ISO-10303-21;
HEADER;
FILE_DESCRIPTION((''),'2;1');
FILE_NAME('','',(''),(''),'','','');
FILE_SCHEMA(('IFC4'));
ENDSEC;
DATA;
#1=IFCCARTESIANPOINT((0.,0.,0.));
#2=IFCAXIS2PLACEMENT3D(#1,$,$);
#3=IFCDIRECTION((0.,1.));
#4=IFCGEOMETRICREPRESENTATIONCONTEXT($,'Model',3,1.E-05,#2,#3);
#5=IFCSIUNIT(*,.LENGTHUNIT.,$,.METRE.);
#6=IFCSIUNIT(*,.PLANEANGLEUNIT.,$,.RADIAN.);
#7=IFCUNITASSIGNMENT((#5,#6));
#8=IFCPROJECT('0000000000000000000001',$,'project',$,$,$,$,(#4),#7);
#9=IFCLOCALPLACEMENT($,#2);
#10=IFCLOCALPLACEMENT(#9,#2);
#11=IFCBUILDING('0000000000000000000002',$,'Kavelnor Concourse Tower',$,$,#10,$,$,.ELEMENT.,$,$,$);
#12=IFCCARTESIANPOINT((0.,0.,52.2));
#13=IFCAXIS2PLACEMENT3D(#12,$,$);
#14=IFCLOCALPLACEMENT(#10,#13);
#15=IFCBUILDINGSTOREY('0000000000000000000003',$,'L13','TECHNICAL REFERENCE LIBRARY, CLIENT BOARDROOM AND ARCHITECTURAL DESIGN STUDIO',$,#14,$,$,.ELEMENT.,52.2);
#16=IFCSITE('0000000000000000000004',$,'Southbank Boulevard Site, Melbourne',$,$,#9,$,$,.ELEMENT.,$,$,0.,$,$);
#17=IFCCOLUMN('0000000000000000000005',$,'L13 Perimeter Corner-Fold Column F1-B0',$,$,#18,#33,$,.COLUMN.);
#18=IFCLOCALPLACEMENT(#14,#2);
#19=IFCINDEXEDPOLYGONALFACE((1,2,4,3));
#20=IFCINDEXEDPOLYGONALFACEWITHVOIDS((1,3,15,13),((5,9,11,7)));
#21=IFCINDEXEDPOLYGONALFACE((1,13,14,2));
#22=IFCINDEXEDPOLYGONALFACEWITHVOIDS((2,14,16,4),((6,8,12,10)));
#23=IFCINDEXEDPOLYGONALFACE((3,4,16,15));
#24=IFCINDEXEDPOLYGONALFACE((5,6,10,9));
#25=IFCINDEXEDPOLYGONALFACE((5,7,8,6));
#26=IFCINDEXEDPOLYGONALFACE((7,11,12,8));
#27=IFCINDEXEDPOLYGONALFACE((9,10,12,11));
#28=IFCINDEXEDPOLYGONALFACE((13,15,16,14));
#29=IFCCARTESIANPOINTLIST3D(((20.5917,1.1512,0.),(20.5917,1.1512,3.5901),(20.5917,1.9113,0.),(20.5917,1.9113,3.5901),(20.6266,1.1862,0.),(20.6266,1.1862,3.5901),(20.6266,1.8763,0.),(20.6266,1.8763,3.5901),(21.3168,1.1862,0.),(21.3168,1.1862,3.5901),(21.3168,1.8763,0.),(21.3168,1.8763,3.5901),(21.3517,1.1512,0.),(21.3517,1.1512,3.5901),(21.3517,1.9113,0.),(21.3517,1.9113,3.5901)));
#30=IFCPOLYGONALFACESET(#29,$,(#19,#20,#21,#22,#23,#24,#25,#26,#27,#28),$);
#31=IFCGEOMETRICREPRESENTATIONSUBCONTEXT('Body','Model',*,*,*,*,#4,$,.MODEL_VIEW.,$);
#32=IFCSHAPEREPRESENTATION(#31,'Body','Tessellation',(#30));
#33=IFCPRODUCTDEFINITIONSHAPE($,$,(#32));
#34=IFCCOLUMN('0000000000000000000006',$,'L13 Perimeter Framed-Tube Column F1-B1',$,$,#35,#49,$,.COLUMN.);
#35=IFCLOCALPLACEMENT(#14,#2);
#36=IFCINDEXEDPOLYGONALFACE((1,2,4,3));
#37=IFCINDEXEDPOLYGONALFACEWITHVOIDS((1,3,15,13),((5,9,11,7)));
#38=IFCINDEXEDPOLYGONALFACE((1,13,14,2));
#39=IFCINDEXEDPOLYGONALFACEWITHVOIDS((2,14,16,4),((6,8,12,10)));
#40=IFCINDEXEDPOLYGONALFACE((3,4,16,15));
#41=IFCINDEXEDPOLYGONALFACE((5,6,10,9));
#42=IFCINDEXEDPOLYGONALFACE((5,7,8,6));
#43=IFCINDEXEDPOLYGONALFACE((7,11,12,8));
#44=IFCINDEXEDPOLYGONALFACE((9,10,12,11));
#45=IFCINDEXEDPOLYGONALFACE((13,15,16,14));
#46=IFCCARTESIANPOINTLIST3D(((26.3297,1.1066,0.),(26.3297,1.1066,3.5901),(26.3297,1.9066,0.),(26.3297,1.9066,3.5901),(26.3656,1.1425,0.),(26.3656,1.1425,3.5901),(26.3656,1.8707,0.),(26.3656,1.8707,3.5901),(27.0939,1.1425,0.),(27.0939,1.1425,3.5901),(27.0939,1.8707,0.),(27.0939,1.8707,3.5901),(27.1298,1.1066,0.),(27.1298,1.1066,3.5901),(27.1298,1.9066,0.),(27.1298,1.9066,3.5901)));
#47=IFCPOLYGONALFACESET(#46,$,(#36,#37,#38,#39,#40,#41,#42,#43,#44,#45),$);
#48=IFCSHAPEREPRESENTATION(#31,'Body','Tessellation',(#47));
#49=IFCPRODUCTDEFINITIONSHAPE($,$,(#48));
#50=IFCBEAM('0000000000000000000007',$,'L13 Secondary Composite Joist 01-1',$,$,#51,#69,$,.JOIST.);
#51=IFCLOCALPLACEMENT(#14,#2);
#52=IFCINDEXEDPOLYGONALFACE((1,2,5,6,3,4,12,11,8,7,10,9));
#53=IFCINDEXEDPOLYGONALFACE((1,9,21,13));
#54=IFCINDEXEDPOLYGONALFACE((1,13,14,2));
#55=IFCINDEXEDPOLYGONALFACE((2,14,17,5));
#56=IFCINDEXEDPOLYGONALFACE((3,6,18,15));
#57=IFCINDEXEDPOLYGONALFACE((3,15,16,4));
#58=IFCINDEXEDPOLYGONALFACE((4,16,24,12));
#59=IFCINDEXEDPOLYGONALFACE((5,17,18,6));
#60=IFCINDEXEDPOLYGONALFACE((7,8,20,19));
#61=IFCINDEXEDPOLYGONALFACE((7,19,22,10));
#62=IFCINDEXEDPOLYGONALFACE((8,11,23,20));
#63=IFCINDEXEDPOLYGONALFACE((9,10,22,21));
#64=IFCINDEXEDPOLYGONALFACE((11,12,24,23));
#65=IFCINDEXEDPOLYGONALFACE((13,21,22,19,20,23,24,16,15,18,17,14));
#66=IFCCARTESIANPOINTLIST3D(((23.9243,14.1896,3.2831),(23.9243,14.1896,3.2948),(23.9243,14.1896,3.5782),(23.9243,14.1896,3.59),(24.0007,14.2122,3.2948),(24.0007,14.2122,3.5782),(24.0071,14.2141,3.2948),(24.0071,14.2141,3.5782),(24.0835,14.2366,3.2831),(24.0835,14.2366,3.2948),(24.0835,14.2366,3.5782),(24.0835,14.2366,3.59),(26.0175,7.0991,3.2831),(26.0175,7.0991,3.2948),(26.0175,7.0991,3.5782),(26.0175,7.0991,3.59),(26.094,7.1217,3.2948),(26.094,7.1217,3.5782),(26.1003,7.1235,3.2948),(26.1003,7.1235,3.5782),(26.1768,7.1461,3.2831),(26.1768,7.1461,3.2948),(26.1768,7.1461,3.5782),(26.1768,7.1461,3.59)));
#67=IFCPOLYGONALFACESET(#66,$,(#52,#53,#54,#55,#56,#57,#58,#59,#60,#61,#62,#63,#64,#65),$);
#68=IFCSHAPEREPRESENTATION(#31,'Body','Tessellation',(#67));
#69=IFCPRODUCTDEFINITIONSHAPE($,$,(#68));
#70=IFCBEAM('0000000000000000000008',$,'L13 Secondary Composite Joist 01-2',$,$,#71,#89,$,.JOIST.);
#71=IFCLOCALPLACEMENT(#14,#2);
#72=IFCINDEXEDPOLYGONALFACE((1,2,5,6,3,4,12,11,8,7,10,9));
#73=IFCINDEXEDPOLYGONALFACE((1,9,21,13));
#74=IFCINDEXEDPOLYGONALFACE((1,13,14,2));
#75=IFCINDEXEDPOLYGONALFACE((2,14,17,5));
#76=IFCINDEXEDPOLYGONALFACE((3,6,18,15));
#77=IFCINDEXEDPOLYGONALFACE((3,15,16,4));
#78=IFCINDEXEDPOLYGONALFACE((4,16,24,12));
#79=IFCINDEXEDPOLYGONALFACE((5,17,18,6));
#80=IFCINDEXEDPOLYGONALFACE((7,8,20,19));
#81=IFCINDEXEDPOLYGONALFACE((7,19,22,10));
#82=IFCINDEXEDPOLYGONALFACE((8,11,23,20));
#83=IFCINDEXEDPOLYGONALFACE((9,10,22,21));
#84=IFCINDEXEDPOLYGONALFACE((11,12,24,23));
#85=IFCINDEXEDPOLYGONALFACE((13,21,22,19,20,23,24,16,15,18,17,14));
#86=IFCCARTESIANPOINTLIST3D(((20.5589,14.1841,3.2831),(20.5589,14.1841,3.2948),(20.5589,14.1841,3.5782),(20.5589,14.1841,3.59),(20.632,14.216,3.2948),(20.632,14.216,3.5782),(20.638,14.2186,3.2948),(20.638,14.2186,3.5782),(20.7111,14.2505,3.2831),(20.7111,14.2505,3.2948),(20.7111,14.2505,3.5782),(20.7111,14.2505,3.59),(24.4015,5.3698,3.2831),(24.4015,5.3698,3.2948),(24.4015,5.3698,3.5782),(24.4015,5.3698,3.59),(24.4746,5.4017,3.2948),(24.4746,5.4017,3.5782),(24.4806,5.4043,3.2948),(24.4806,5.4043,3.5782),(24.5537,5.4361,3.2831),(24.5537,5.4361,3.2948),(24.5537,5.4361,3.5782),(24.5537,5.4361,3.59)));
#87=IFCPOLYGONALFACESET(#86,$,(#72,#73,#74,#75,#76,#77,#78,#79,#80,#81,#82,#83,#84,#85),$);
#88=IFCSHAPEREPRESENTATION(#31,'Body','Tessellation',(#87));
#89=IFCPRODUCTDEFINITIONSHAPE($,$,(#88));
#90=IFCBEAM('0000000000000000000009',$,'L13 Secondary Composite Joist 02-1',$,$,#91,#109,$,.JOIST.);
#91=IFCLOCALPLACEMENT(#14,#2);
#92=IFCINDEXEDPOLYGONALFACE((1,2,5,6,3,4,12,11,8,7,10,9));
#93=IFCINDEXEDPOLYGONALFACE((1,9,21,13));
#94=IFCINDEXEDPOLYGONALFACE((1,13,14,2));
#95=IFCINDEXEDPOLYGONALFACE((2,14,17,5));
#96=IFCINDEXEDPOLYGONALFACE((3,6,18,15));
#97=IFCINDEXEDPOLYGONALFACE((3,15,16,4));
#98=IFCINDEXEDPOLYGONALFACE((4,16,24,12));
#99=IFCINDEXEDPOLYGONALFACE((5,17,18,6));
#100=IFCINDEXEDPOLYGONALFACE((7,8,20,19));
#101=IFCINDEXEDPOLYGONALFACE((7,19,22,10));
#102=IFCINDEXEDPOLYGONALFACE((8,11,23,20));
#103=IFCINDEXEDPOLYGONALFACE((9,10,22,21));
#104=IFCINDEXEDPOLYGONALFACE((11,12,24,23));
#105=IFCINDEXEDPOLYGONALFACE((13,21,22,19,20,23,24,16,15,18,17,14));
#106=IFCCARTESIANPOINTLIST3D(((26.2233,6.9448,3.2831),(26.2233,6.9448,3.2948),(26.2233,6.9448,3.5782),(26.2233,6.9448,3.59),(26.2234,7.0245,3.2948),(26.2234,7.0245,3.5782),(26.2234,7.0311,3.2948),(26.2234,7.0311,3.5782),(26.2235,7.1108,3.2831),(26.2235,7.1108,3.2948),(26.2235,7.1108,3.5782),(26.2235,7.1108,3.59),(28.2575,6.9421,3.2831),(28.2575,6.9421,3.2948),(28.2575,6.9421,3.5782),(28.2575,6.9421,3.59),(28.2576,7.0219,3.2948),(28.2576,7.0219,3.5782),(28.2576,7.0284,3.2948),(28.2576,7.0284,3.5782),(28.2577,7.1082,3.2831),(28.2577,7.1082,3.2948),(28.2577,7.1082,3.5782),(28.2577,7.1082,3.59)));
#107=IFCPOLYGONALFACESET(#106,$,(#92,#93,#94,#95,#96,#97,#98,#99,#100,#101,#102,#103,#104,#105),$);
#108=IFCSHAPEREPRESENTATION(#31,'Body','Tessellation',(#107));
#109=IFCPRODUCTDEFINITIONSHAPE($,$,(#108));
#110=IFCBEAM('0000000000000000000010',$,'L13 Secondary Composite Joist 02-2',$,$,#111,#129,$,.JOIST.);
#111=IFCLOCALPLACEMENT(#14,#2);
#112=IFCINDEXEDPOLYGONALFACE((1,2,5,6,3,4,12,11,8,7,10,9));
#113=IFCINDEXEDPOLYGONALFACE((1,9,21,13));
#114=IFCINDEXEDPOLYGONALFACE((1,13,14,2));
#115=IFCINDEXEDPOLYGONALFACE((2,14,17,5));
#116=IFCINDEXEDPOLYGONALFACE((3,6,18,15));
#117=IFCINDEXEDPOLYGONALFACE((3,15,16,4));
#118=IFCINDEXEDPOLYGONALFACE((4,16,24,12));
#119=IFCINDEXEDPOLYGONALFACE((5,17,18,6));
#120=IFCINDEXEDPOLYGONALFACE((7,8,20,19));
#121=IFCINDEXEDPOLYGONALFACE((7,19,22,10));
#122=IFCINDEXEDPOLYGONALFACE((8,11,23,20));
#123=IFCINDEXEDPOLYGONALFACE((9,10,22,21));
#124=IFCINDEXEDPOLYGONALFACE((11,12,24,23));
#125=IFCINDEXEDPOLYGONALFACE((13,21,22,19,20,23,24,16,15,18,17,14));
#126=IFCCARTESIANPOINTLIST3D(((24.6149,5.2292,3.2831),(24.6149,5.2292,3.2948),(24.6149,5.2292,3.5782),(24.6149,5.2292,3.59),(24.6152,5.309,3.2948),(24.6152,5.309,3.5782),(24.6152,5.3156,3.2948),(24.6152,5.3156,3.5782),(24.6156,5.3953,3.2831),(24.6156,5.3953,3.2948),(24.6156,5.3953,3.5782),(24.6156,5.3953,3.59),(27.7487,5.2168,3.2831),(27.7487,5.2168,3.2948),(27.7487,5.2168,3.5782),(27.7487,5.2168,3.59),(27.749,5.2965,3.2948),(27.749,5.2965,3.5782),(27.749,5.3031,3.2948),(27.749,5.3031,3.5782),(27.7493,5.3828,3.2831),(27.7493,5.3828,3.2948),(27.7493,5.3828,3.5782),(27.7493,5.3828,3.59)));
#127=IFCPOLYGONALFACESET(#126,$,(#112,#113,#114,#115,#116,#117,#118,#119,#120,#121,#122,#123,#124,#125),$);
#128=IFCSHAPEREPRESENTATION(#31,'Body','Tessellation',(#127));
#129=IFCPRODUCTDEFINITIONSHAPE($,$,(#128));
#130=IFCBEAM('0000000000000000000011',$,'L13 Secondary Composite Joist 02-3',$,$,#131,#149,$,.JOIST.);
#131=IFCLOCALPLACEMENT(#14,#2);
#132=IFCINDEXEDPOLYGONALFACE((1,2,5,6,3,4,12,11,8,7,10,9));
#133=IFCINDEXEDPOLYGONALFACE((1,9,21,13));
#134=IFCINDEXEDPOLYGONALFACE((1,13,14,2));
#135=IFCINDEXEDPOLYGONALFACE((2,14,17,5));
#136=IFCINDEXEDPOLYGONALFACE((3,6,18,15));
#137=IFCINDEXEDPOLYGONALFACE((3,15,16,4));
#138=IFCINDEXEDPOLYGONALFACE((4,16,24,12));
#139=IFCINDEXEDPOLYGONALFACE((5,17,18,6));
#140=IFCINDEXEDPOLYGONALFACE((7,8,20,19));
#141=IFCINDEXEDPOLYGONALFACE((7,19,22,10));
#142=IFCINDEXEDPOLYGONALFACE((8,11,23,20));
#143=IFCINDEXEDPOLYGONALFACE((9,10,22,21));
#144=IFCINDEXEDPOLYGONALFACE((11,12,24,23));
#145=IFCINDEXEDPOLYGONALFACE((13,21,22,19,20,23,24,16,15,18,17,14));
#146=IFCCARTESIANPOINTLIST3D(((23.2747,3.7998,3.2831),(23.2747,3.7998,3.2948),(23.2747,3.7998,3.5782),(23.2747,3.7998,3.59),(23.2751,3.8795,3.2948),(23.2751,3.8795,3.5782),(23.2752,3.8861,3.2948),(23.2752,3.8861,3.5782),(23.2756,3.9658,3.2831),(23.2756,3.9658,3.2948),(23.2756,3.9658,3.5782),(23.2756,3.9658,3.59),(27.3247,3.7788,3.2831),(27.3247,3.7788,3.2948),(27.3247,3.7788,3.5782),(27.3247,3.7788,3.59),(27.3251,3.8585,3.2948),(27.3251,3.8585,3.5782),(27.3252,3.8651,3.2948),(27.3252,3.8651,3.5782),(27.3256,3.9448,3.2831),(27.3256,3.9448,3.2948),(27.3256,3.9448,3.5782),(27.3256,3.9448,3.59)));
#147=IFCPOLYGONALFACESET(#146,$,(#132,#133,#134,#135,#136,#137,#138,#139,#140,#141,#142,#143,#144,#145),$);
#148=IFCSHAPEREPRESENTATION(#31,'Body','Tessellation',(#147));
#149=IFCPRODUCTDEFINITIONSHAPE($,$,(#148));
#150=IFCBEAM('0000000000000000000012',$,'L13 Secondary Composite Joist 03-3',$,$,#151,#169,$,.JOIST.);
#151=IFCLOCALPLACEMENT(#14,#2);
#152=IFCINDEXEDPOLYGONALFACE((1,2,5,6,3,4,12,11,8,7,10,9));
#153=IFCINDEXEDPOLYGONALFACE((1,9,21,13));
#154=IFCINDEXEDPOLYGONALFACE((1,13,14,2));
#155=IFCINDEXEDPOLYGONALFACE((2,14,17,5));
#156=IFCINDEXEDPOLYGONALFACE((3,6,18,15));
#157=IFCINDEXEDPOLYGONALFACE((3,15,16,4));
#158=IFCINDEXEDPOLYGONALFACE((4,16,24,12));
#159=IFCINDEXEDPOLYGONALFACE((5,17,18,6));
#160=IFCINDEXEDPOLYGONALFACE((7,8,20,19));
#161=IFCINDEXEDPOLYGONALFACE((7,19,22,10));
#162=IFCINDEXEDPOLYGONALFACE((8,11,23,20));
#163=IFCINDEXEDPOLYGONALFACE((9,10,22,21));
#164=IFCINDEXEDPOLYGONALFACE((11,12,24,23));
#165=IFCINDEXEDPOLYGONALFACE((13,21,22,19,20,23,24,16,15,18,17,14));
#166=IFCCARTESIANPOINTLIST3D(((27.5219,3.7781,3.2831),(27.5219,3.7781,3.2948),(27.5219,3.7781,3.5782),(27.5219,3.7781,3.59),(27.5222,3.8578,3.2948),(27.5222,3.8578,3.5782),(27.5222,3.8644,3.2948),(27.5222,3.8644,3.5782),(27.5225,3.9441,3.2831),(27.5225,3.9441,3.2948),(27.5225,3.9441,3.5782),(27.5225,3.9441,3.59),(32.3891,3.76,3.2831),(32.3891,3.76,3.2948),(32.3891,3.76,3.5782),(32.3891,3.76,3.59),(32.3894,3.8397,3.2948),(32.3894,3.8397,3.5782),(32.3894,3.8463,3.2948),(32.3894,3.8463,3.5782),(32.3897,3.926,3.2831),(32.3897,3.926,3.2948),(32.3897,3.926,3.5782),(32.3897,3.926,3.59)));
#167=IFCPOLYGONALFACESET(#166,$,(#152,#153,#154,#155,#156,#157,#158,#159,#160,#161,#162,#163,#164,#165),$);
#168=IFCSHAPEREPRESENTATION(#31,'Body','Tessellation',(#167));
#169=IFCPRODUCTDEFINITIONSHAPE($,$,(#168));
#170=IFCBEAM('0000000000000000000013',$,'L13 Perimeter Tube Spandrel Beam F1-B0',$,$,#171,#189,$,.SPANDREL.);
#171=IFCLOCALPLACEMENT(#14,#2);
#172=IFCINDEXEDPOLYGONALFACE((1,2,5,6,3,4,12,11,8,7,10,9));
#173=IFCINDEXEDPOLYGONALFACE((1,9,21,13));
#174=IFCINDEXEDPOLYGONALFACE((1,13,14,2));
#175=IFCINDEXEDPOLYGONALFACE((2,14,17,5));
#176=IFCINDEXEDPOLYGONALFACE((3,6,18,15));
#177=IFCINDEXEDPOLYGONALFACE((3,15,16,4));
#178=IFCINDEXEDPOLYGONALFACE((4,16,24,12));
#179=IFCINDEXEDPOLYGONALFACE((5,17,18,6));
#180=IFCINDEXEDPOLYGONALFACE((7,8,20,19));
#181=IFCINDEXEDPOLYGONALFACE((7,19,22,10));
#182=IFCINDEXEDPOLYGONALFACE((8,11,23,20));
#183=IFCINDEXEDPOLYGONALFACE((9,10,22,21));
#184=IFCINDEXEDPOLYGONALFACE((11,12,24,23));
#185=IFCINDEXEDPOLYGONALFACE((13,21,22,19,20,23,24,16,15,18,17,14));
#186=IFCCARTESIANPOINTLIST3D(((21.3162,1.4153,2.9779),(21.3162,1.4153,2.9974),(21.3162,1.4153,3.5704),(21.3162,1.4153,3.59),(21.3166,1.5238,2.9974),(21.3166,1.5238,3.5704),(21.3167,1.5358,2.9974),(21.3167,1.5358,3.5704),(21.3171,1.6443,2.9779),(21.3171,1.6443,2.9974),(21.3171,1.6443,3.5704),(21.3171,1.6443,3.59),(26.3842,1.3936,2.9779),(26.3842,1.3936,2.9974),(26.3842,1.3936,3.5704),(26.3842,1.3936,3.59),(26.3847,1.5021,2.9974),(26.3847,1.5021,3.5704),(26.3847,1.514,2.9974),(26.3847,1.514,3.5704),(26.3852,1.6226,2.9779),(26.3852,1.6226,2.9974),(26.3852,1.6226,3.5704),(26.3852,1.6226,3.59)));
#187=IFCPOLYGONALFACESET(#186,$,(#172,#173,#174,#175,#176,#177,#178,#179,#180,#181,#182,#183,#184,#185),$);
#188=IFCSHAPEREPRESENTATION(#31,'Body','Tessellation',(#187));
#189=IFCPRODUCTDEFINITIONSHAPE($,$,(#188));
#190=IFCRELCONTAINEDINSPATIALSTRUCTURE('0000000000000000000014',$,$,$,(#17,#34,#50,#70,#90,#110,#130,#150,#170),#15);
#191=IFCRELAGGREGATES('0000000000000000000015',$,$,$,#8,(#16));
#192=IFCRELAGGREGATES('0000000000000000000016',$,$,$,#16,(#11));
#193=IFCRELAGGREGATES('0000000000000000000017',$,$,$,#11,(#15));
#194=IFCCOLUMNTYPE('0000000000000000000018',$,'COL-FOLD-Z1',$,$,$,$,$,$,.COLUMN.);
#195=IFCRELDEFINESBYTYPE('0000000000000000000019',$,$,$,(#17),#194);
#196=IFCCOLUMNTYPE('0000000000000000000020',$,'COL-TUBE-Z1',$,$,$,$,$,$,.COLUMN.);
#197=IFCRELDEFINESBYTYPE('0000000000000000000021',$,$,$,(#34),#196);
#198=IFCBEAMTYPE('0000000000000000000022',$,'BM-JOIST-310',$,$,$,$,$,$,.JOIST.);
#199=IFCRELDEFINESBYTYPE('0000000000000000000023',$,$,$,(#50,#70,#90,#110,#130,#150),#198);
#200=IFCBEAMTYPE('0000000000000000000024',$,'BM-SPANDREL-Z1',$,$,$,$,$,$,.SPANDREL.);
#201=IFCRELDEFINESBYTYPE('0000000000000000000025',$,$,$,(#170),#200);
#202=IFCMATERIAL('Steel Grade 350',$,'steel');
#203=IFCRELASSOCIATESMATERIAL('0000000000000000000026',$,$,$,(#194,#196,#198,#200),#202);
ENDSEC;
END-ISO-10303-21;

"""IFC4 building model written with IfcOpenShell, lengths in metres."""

from ifc_helpers import new_model, si_unit, direction, frame, origin, origin_2d, place, context, subcontext, project, spatial, hollow_rectangle, i_section, extrude, material, material_profile, profile_set, type_object, element, save


model = new_model("IFC4")

# Units and contexts
model_context = context("Model", 3, precision=1e-05, world=origin(), true_north=direction((0.0, 1.0)))
body_context = subcontext(model_context, "Body", "Model", "MODEL_VIEW")
ifc_project = project(units=[si_unit("LENGTHUNIT", "METRE"), si_unit("PLANEANGLEUNIT", "RADIAN")], contexts=[model_context])

# Site, building, storey
site_placement = place(None, origin())
site = spatial("IfcSite", under=ifc_project, at=site_placement, Name="Southbank Boulevard Site, Melbourne", CompositionType="ELEMENT", RefElevation=0.0)
building_placement = place(site_placement, origin())
building = spatial("IfcBuilding", under=site, at=building_placement, Name="Kavelnor Concourse Tower", CompositionType="ELEMENT")
storey_placement = place(building_placement, frame((0.0, 0.0, 52.2)))
storey = spatial("IfcBuildingStorey", under=building, at=storey_placement, Name="L13", Description="TECHNICAL REFERENCE LIBRARY, CLIENT BOARDROOM AND ARCHITECTURAL DESIGN STUDIO", CompositionType="ELEMENT", Elevation=52.2)

# Columns
ifc_material_1 = material(Name="Steel Grade 350", Category="steel")
ifc_material_profile_1 = material_profile(ifc_material_1, hollow_rectangle(XDim=0.76, YDim=0.76, WallThickness=0.0349, at=origin_2d()), Name="SHS 760x760x35")
ifc_profile_set_1 = profile_set([ifc_material_profile_1], Name="Steel Grade 350")
column_type_1 = type_object("IfcColumnType", Name="COL-FOLD-Z1", PredefinedType="COLUMN", material=ifc_profile_set_1)
column_1_placement = place(storey_placement, frame((20.9717, 1.5312, 0.0), z_axis=(0.0, 0.0, 1.0), x_axis=(1.0, 0.0, 0.0)))
element("IfcColumn", 1, at=column_1_placement, inside=storey, type_object=column_type_1, Name="L13 Perimeter Corner-Fold Column F1-B0", PredefinedType="COLUMN", context=body_context, shape_type="SweptSolid", body=[
    extrude(hollow_rectangle(XDim=0.76, YDim=0.76, WallThickness=0.0349, at=origin_2d()), origin(), (0.0, 0.0, 1.0), 3.5901),
])
ifc_material_profile_2 = material_profile(ifc_material_1, hollow_rectangle(XDim=0.8, YDim=0.8, WallThickness=0.0359, at=origin_2d()), Name="SHS 800x800x36")
ifc_profile_set_2 = profile_set([ifc_material_profile_2], Name="Steel Grade 350")
column_type_2 = type_object("IfcColumnType", Name="COL-TUBE-Z1", PredefinedType="COLUMN", material=ifc_profile_set_2)
column_2_placement = place(storey_placement, frame((26.7297, 1.5066, 0.0), z_axis=(0.0, 0.0, 1.0), x_axis=(1.0, 0.0, 0.0)))
element("IfcColumn", 2, at=column_2_placement, inside=storey, type_object=column_type_2, Name="L13 Perimeter Framed-Tube Column F1-B1", PredefinedType="COLUMN", context=body_context, shape_type="SweptSolid", body=[
    extrude(hollow_rectangle(XDim=0.8, YDim=0.8, WallThickness=0.0359, at=origin_2d()), origin(), (0.0, 0.0, 1.0), 3.5901),
])

# Beams
ifc_material_profile_3 = material_profile(ifc_material_1, i_section(OverallWidth=0.166, OverallDepth=0.3069, WebThickness=0.0066, FlangeThickness=0.0117, at=origin_2d()), Name="310UB46")
ifc_profile_set_3 = profile_set([ifc_material_profile_3], Name="Steel Grade 350")
beam_type_1 = type_object("IfcBeamType", Name="BM-JOIST-310", PredefinedType="JOIST", material=ifc_profile_set_3)
beam_1_placement = place(storey_placement, frame((24.0039, 14.2131, 3.4365), z_axis=(0.283137, -0.959079, 0.0), x_axis=(0.959079, 0.283137, 0.0)))
element("IfcBeam", 3, at=beam_1_placement, inside=storey, type_object=beam_type_1, Name="L13 Secondary Composite Joist 01-1", PredefinedType="JOIST", context=body_context, shape_type="SweptSolid", body=[
    extrude(i_section(OverallWidth=0.166, OverallDepth=0.3069, WebThickness=0.0066, FlangeThickness=0.0117, at=origin_2d()), origin(), (0.0, 0.0, 1.0), 7.3931),
])
beam_2_placement = place(storey_placement, frame((20.635, 14.2173, 3.4365), z_axis=(0.399624, -0.916679, 0.0), x_axis=(0.916679, 0.399624, 0.0)))
element("IfcBeam", 4, at=beam_2_placement, inside=storey, type_object=beam_type_1, Name="L13 Secondary Composite Joist 01-2", PredefinedType="JOIST", context=body_context, shape_type="SweptSolid", body=[
    extrude(i_section(OverallWidth=0.166, OverallDepth=0.3069, WebThickness=0.0066, FlangeThickness=0.0117, at=origin_2d()), origin(), (0.0, 0.0, 1.0), 9.6155),
])
beam_3_placement = place(storey_placement, frame((26.2234, 7.0278, 3.4365), z_axis=(0.999999, -0.00132, 0.0), x_axis=(0.00132, 0.999999, 0.0)))
element("IfcBeam", 5, at=beam_3_placement, inside=storey, type_object=beam_type_1, Name="L13 Secondary Composite Joist 02-1", PredefinedType="JOIST", context=body_context, shape_type="SweptSolid", body=[
    extrude(i_section(OverallWidth=0.166, OverallDepth=0.3069, WebThickness=0.0066, FlangeThickness=0.0117, at=origin_2d()), origin(), (0.0, 0.0, 1.0), 2.0342),
])
beam_4_placement = place(storey_placement, frame((24.6152, 5.3123, 3.4365), z_axis=(0.999992, -0.003973, 0.0), x_axis=(0.003973, 0.999992, 0.0)))
element("IfcBeam", 6, at=beam_4_placement, inside=storey, type_object=beam_type_1, Name="L13 Secondary Composite Joist 02-2", PredefinedType="JOIST", context=body_context, shape_type="SweptSolid", body=[
    extrude(i_section(OverallWidth=0.166, OverallDepth=0.3069, WebThickness=0.0066, FlangeThickness=0.0117, at=origin_2d()), origin(), (0.0, 0.0, 1.0), 3.1338),
])
beam_5_placement = place(storey_placement, frame((23.2751, 3.8828, 3.4365), z_axis=(0.999987, -0.005184, 0.0), x_axis=(0.005184, 0.999987, 0.0)))
element("IfcBeam", 7, at=beam_5_placement, inside=storey, type_object=beam_type_1, Name="L13 Secondary Composite Joist 02-3", PredefinedType="JOIST", context=body_context, shape_type="SweptSolid", body=[
    extrude(i_section(OverallWidth=0.166, OverallDepth=0.3069, WebThickness=0.0066, FlangeThickness=0.0117, at=origin_2d()), origin(), (0.0, 0.0, 1.0), 4.05),
])
beam_6_placement = place(storey_placement, frame((27.5222, 3.8611, 3.4365), z_axis=(0.999993, -0.003712, 0.0), x_axis=(0.003712, 0.999993, 0.0)))
element("IfcBeam", 8, at=beam_6_placement, inside=storey, type_object=beam_type_1, Name="L13 Secondary Composite Joist 03-3", PredefinedType="JOIST", context=body_context, shape_type="SweptSolid", body=[
    extrude(i_section(OverallWidth=0.166, OverallDepth=0.3069, WebThickness=0.0066, FlangeThickness=0.0117, at=origin_2d()), origin(), (0.0, 0.0, 1.0), 4.8672),
])
ifc_material_profile_4 = material_profile(ifc_material_1, i_section(OverallWidth=0.229, OverallDepth=0.6121, WebThickness=0.012, FlangeThickness=0.0195, at=origin_2d()), Name="610UB125")
ifc_profile_set_4 = profile_set([ifc_material_profile_4], Name="Steel Grade 350")
beam_type_2 = type_object("IfcBeamType", Name="BM-SPANDREL-Z1", PredefinedType="SPANDREL", material=ifc_profile_set_4)
beam_7_placement = place(storey_placement, frame((21.3167, 1.5298, 3.2839), z_axis=(0.999991, -0.004287, 0.0), x_axis=(0.004287, 0.999991, 0.0)))
element("IfcBeam", 9, at=beam_7_placement, inside=storey, type_object=beam_type_2, Name="L13 Perimeter Tube Spandrel Beam F1-B0", PredefinedType="SPANDREL", context=body_context, shape_type="SweptSolid", body=[
    extrude(i_section(OverallWidth=0.229, OverallDepth=0.6121, WebThickness=0.012, FlangeThickness=0.0195, at=origin_2d()), origin(), (0.0, 0.0, 1.0), 5.0681),
])

save(model, "model.ifc")
